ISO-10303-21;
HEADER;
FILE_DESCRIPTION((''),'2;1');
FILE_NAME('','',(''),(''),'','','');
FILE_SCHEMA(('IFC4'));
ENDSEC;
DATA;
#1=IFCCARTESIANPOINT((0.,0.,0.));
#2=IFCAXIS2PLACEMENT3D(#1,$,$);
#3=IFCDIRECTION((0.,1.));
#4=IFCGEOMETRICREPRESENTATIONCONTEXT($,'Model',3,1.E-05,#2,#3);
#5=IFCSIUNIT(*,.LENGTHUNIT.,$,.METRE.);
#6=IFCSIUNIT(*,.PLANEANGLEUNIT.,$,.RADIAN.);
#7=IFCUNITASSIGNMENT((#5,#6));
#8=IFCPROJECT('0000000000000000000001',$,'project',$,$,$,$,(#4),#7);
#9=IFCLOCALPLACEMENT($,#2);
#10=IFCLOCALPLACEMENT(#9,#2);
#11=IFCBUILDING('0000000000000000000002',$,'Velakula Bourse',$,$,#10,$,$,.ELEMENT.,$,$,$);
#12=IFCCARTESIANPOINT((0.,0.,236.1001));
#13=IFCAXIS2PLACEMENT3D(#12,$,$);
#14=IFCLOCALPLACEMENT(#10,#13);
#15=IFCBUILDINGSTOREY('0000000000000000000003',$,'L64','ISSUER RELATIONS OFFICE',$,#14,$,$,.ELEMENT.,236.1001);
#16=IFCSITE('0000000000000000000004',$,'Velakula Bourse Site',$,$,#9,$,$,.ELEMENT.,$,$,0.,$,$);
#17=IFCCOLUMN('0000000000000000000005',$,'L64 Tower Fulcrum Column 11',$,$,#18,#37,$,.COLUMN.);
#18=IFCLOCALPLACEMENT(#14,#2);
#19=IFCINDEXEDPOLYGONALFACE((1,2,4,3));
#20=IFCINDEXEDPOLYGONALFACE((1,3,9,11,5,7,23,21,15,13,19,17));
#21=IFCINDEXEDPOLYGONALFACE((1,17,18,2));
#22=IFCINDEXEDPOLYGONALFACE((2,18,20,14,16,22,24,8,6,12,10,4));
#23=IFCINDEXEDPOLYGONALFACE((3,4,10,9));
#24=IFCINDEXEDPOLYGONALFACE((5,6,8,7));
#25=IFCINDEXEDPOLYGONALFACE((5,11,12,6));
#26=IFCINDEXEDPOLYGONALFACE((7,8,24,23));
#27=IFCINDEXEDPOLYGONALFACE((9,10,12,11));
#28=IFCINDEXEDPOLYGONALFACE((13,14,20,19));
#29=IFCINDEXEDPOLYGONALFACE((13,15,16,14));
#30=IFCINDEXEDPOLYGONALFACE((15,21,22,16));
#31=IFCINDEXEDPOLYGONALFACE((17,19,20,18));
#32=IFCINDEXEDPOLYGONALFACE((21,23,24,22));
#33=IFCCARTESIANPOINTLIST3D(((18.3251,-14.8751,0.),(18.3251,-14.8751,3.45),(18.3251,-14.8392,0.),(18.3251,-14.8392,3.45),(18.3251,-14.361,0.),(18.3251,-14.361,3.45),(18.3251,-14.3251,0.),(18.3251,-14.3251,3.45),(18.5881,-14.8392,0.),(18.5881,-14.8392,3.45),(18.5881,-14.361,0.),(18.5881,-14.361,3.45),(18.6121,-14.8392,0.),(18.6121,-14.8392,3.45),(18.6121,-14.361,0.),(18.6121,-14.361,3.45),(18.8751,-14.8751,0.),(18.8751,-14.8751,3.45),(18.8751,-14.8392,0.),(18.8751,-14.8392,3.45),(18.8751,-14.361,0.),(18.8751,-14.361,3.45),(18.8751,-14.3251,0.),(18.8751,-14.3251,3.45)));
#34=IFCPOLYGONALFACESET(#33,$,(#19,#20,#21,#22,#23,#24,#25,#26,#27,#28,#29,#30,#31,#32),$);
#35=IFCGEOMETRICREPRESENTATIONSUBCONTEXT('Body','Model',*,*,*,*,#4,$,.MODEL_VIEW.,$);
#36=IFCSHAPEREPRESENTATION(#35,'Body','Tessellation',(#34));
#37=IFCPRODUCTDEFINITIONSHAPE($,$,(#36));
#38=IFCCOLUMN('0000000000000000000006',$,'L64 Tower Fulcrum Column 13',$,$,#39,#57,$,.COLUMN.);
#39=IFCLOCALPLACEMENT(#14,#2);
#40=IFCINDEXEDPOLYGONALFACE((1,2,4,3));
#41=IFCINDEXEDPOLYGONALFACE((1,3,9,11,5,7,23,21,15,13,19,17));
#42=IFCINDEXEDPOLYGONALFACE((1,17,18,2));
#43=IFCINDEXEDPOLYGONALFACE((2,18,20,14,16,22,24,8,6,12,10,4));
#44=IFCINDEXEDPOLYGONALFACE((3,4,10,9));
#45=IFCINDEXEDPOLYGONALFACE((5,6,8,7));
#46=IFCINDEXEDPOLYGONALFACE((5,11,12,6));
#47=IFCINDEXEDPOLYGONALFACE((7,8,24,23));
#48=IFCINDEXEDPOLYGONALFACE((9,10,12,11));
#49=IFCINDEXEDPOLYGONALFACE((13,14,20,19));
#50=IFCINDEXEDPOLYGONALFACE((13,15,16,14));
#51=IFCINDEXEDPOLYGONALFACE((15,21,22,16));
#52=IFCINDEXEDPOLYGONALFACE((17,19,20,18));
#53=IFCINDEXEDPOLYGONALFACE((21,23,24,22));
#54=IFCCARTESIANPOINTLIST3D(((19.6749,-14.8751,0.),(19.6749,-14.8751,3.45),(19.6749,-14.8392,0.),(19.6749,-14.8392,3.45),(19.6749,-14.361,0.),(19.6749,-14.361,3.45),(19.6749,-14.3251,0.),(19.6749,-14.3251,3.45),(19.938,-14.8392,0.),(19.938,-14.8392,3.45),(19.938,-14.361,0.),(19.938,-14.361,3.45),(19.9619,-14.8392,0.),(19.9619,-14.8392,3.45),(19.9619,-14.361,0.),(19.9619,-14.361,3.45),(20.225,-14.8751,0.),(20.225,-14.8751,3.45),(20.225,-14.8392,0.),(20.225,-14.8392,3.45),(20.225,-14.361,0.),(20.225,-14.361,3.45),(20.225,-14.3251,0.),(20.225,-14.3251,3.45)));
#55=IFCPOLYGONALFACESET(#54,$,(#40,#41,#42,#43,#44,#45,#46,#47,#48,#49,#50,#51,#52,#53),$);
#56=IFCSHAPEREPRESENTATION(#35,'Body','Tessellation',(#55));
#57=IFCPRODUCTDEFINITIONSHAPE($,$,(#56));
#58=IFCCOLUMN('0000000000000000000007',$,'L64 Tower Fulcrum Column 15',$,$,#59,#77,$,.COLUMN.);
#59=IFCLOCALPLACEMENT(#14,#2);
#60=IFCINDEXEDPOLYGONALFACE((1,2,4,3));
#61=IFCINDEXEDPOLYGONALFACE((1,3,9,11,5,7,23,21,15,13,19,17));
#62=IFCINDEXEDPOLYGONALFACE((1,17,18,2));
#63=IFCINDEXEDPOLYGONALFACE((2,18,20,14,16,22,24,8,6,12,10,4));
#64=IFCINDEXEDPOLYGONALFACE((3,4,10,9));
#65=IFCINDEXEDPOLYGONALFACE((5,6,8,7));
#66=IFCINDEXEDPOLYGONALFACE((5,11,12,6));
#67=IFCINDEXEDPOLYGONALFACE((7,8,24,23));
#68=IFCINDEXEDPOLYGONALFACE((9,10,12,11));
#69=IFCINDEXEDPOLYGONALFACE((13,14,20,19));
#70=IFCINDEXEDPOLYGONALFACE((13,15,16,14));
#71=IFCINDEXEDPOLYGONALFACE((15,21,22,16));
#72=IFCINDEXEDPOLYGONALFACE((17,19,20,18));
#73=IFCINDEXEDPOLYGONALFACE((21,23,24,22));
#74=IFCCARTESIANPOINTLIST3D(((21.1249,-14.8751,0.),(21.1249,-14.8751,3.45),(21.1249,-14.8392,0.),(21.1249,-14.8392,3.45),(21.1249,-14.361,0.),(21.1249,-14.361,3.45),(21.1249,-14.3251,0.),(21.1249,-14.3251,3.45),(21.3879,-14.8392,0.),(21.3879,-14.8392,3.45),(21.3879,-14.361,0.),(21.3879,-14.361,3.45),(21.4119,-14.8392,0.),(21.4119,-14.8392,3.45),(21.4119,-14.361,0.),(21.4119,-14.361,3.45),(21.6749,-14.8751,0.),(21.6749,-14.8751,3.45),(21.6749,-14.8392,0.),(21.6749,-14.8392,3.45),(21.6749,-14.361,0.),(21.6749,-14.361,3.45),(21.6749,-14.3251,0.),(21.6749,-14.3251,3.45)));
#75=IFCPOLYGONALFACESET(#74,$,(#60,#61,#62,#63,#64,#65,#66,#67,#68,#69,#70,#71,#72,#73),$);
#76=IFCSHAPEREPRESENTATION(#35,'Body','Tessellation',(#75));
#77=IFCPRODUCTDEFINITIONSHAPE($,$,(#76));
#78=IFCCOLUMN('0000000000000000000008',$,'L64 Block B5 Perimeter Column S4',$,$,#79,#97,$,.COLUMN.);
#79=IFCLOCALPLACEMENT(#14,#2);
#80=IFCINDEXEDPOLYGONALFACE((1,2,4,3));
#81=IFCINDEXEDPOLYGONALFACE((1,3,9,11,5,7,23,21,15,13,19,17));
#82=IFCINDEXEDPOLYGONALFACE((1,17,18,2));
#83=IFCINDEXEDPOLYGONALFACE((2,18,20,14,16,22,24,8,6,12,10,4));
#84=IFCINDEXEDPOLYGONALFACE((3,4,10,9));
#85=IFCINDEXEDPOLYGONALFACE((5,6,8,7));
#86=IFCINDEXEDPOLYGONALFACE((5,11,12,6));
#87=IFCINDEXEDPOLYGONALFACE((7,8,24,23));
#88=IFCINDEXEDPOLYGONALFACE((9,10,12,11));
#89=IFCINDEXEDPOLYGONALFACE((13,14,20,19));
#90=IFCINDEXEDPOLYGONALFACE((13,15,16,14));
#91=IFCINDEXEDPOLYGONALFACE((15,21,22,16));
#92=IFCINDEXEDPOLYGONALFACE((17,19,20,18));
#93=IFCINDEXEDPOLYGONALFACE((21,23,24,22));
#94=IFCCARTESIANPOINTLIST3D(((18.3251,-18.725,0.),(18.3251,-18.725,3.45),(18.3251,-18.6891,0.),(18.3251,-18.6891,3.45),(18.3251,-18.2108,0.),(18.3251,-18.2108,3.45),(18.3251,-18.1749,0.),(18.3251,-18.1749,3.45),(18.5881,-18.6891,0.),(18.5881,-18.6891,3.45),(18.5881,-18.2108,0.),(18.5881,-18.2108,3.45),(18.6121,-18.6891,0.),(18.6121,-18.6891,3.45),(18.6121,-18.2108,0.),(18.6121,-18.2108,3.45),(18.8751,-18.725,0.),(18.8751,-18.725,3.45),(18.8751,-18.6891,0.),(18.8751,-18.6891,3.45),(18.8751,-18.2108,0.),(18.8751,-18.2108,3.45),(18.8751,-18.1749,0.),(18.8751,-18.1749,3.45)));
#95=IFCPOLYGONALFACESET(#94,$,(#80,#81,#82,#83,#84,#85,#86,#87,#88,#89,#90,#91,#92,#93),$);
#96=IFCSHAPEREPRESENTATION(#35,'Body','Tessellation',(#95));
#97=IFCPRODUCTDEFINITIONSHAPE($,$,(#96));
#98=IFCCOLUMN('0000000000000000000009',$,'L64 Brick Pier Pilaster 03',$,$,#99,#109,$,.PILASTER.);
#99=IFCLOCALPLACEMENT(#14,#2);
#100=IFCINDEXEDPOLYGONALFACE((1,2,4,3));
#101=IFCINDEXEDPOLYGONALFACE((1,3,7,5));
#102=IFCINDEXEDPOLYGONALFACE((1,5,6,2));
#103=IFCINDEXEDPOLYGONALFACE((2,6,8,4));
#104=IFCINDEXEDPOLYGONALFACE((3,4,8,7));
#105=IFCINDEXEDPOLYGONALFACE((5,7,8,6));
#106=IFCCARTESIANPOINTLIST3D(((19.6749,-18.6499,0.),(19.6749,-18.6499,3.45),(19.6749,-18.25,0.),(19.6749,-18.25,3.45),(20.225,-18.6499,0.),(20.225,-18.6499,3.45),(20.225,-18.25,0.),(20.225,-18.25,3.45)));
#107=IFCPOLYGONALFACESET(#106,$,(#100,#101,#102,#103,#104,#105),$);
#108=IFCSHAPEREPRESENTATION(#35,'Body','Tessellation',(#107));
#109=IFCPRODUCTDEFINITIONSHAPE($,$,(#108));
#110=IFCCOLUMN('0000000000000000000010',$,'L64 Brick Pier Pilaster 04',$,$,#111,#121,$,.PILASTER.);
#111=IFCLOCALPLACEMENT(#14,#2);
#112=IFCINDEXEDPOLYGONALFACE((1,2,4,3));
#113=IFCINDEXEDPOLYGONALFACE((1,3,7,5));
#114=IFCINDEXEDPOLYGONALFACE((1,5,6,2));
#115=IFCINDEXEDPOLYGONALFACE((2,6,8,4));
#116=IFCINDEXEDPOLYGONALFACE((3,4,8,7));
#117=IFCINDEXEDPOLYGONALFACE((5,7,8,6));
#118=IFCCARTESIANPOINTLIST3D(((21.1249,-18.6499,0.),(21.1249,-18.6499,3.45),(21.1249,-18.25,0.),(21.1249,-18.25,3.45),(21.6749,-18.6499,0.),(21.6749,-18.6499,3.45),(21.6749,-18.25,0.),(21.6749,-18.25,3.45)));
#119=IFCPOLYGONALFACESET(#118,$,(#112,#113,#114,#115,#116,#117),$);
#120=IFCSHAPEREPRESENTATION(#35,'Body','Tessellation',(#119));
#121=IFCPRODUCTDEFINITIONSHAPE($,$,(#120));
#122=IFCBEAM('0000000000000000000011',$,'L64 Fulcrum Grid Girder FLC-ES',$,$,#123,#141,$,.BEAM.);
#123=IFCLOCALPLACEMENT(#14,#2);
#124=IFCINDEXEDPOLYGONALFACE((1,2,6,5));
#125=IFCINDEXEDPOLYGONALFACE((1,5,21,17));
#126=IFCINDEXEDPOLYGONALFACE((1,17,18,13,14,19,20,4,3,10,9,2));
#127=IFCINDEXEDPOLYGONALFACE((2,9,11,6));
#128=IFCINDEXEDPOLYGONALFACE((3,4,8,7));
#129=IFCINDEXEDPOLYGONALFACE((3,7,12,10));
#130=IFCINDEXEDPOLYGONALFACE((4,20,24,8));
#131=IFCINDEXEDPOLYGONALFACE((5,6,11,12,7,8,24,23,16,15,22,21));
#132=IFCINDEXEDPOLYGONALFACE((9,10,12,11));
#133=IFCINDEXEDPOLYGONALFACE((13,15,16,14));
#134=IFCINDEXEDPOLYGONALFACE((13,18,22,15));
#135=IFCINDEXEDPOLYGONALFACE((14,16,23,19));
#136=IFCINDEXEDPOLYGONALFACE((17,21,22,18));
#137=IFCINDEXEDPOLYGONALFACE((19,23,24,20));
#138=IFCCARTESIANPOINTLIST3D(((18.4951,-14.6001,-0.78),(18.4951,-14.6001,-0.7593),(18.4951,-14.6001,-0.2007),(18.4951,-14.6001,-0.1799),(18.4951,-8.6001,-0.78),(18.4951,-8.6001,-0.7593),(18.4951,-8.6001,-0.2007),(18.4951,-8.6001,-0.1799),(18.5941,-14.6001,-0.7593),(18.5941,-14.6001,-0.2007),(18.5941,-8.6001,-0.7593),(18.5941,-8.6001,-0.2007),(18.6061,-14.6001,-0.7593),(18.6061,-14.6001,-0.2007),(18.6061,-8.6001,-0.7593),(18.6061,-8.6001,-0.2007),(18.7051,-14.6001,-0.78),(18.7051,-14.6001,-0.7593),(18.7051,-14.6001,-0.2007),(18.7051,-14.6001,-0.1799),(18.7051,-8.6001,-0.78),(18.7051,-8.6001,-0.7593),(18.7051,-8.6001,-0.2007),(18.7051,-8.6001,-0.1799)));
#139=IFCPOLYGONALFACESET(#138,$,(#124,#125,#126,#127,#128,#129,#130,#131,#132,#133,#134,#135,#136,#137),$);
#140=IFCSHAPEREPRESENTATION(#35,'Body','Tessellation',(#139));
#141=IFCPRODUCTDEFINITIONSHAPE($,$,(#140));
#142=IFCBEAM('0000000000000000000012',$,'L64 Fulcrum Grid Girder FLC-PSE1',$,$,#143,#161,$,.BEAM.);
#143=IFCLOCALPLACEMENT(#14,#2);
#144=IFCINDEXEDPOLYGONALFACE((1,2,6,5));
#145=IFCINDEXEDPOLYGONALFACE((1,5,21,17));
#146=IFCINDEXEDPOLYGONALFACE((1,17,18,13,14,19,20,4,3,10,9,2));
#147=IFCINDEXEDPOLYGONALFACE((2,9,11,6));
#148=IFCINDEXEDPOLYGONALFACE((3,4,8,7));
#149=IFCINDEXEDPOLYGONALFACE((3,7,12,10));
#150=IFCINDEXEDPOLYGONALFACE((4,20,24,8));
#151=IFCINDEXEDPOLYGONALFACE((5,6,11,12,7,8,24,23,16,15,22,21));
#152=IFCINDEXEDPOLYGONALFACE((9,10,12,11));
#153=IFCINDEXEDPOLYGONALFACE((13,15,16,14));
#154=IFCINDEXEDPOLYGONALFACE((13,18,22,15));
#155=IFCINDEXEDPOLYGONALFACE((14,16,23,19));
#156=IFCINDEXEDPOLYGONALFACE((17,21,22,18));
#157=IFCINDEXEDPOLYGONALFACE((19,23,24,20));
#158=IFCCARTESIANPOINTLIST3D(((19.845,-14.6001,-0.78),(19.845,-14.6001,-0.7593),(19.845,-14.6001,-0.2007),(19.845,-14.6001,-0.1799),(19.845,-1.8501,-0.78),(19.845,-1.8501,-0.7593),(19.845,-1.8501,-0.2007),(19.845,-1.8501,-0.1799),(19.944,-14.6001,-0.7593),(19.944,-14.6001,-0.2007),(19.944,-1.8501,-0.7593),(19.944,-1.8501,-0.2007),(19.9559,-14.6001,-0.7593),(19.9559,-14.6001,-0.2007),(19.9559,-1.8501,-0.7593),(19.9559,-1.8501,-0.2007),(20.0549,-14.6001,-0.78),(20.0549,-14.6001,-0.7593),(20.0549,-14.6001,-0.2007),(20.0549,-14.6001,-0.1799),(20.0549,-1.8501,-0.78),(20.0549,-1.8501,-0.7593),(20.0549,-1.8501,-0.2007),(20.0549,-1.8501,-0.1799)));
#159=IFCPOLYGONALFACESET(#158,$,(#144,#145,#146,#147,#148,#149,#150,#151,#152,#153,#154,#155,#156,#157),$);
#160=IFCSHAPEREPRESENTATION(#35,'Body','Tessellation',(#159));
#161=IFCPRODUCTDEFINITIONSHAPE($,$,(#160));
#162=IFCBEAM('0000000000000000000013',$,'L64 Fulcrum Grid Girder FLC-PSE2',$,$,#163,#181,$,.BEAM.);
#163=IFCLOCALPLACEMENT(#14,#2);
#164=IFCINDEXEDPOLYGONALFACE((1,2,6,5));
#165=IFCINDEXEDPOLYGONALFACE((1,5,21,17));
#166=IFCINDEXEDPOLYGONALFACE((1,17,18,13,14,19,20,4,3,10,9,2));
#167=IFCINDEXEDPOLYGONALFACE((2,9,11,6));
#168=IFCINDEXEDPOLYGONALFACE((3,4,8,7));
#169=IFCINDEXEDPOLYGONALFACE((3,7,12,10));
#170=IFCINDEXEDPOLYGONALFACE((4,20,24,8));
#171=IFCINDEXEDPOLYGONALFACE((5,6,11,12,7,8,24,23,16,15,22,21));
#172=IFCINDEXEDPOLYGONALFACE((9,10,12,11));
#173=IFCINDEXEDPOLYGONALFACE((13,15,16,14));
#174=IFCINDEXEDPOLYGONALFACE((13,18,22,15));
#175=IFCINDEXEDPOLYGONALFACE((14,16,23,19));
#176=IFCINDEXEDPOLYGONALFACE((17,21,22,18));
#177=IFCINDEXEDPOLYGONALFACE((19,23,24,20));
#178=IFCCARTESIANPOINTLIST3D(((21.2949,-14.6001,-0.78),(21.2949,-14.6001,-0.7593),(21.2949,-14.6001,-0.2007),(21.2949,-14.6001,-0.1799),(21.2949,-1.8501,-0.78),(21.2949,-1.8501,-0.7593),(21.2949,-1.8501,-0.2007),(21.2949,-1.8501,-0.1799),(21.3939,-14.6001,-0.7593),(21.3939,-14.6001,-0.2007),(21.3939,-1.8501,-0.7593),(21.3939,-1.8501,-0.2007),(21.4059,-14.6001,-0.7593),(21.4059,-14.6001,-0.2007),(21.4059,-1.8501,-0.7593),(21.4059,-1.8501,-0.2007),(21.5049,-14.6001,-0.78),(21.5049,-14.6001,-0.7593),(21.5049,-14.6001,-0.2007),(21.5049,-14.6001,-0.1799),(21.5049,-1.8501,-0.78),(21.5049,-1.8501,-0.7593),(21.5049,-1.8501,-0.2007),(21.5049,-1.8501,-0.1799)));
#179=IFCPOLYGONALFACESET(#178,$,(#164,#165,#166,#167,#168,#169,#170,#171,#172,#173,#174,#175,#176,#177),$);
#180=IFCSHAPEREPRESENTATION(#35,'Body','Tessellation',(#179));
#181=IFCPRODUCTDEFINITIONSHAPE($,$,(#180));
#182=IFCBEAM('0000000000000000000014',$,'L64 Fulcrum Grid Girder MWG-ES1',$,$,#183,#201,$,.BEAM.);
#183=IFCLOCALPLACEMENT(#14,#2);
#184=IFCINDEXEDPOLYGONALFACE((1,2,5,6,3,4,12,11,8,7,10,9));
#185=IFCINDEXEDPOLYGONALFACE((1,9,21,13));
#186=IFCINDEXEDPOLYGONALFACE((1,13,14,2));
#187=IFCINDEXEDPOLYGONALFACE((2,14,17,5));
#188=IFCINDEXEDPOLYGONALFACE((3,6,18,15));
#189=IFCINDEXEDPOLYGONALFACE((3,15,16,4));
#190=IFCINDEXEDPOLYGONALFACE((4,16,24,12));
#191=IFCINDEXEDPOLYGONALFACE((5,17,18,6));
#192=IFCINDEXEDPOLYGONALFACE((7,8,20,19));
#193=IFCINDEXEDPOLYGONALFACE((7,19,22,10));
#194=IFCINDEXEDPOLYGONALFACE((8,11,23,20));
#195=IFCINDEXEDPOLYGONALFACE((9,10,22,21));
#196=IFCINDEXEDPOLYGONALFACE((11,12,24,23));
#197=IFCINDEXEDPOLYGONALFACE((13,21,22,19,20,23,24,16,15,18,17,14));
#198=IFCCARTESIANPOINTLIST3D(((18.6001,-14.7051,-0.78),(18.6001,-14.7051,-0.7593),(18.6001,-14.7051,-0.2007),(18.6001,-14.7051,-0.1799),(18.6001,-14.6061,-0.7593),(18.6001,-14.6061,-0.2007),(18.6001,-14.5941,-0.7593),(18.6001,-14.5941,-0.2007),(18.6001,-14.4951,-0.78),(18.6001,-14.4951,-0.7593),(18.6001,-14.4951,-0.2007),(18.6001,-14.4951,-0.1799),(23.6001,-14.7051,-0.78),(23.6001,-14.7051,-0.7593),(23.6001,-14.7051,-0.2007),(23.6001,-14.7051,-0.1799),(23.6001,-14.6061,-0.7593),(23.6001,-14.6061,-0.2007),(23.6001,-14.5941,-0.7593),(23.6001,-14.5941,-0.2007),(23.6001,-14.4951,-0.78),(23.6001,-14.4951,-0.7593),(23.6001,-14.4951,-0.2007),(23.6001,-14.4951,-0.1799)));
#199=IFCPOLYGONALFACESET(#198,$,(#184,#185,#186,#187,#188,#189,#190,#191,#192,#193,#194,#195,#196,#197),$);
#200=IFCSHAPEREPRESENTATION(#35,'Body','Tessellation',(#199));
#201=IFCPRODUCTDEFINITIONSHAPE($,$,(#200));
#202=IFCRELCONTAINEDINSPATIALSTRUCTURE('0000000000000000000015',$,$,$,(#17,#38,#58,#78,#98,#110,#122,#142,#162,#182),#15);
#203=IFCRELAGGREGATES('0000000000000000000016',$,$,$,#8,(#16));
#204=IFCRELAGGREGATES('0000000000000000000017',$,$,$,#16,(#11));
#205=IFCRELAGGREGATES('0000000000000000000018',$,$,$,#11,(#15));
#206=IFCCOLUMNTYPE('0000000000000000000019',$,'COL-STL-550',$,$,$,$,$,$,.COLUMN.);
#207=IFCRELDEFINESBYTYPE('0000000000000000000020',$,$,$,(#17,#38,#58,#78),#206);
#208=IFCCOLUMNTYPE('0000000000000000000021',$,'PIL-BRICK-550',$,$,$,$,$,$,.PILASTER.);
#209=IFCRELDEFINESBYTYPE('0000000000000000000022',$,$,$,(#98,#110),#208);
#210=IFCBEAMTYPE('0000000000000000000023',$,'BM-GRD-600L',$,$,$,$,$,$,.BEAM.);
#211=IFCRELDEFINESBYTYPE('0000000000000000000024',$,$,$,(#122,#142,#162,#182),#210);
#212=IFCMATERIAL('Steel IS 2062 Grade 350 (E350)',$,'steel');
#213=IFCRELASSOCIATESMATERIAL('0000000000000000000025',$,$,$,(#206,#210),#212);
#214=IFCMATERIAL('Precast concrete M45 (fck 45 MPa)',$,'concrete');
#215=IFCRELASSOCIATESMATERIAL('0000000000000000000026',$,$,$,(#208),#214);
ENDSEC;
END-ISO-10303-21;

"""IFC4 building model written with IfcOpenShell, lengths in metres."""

from ifc_helpers import new_model, si_unit, direction, frame, origin, origin_2d, place, context, subcontext, project, spatial, rectangle, i_section, extrude, material, material_profile, profile_set, type_object, element, save


model = new_model("IFC4")

# Units and contexts
model_context = context("Model", 3, precision=1e-05, world=origin(), true_north=direction((0.0, 1.0)))
body_context = subcontext(model_context, "Body", "Model", "MODEL_VIEW")
ifc_project = project(units=[si_unit("LENGTHUNIT", "METRE"), si_unit("PLANEANGLEUNIT", "RADIAN")], contexts=[model_context])

# Site, building, storey
site_placement = place(None, origin())
site = spatial("IfcSite", under=ifc_project, at=site_placement, Name="Velakula Bourse Site", CompositionType="ELEMENT", RefElevation=0.0)
building_placement = place(site_placement, origin())
building = spatial("IfcBuilding", under=site, at=building_placement, Name="Velakula Bourse", CompositionType="ELEMENT")
storey_placement = place(building_placement, frame((0.0, 0.0, 236.1001)))
storey = spatial("IfcBuildingStorey", under=building, at=storey_placement, Name="L64", Description="ISSUER RELATIONS OFFICE", CompositionType="ELEMENT", Elevation=236.1001)

# Columns
ifc_material_1 = material(Name="Steel IS 2062 Grade 350 (E350)", Category="steel")
ifc_material_profile_1 = material_profile(ifc_material_1, i_section(OverallWidth=0.55, OverallDepth=0.55, WebThickness=0.0239, FlangeThickness=0.0359, at=origin_2d()), Name="Steel IS 2062 Grade 350 (E350)")
ifc_profile_set_1 = profile_set([ifc_material_profile_1], Name="Steel IS 2062 Grade 350 (E350)")
column_type_1 = type_object("IfcColumnType", Name="COL-STL-550", PredefinedType="COLUMN", material=ifc_profile_set_1)
for number, where, z_axis, x_axis, name in (
    (1, (18.6001, -14.6001, 0.0), (0.0, 0.0, 1.0), (1.0, 0.0, 0.0), "L64 Tower Fulcrum Column 11"),
    (2, (19.95, -14.6001, 0.0), (0.0, 0.0, 1.0), (1.0, 0.0, 0.0), "L64 Tower Fulcrum Column 13"),
    (3, (21.3999, -14.6001, 0.0), (0.0, 0.0, 1.0), (1.0, 0.0, 0.0), "L64 Tower Fulcrum Column 15"),
    (4, (18.6001, -18.45, 0.0), (0.0, 0.0, 1.0), (1.0, 0.0, 0.0), "L64 Block B5 Perimeter Column S4"),
):
    element("IfcColumn", number, at=place(storey_placement, frame(where, z_axis=z_axis, x_axis=x_axis)), inside=storey, type_object=column_type_1, Name=name, PredefinedType="COLUMN", context=body_context, shape_type="SweptSolid", body=[
        extrude(i_section(OverallWidth=0.55, OverallDepth=0.55, WebThickness=0.0239, FlangeThickness=0.0359, at=origin_2d()), origin(), (0.0, 0.0, 1.0), 3.45),
    ])
ifc_material_2 = material(Name="Precast concrete M45 (fck 45 MPa)", Category="concrete")
ifc_material_profile_2 = material_profile(ifc_material_2, rectangle(XDim=0.55, YDim=0.3999, at=origin_2d()), Name="Precast concrete M45 (fck 45 MPa)")
ifc_profile_set_2 = profile_set([ifc_material_profile_2], Name="Precast concrete M45 (fck 45 MPa)")
column_type_2 = type_object("IfcColumnType", Name="PIL-BRICK-550", PredefinedType="PILASTER", material=ifc_profile_set_2)
for number, where, z_axis, x_axis, name in (
    (5, (19.95, -18.45, 0.0), (0.0, 0.0, 1.0), (1.0, 0.0, 0.0), "L64 Brick Pier Pilaster 03"),
    (6, (21.3999, -18.45, 0.0), (0.0, 0.0, 1.0), (1.0, 0.0, 0.0), "L64 Brick Pier Pilaster 04"),
):
    element("IfcColumn", number, at=place(storey_placement, frame(where, z_axis=z_axis, x_axis=x_axis)), inside=storey, type_object=column_type_2, Name=name, PredefinedType="PILASTER", context=body_context, shape_type="SweptSolid", body=[
        extrude(rectangle(XDim=0.55, YDim=0.3999, at=origin_2d()), origin(), (0.0, 0.0, 1.0), 3.45),
    ])

# Beams
ifc_material_profile_3 = material_profile(ifc_material_1, i_section(OverallWidth=0.21, OverallDepth=0.6001, WebThickness=0.012, FlangeThickness=0.0208, at=origin_2d()), Name="Steel IS 2062 Grade 350 (E350)")
ifc_profile_set_3 = profile_set([ifc_material_profile_3], Name="Steel IS 2062 Grade 350 (E350)")
beam_type_1 = type_object("IfcBeamType", Name="BM-GRD-600L", PredefinedType="BEAM", material=ifc_profile_set_3)
beam_1_placement = place(storey_placement, frame((18.6001, -14.6001, -0.48), z_axis=(0.0, 1.0, 0.0), x_axis=(-1.0, 0.0, 0.0)))
element("IfcBeam", 7, at=beam_1_placement, inside=storey, type_object=beam_type_1, Name="L64 Fulcrum Grid Girder FLC-ES", PredefinedType="BEAM", context=body_context, shape_type="SweptSolid", body=[
    extrude(i_section(OverallWidth=0.21, OverallDepth=0.6001, WebThickness=0.012, FlangeThickness=0.0208, at=origin_2d()), origin(), (0.0, 0.0, 1.0), 6.0),
])
for number, where, z_axis, x_axis, name in (
    (8, (19.95, -14.6001, -0.48), (0.0, 1.0, 0.0), (-1.0, 0.0, 0.0), "L64 Fulcrum Grid Girder FLC-PSE1"),
    (9, (21.3999, -14.6001, -0.48), (0.0, 1.0, 0.0), (-1.0, 0.0, 0.0), "L64 Fulcrum Grid Girder FLC-PSE2"),
):
    element("IfcBeam", number, at=place(storey_placement, frame(where, z_axis=z_axis, x_axis=x_axis)), inside=storey, type_object=beam_type_1, Name=name, PredefinedType="BEAM", context=body_context, shape_type="SweptSolid", body=[
        extrude(i_section(OverallWidth=0.21, OverallDepth=0.6001, WebThickness=0.012, FlangeThickness=0.0208, at=origin_2d()), origin(), (0.0, 0.0, 1.0), 12.75),
    ])
beam_2_placement = place(storey_placement, frame((18.6001, -14.6001, -0.48), z_axis=(1.0, 0.0, 0.0), x_axis=(0.0, 1.0, 0.0)))
element("IfcBeam", 10, at=beam_2_placement, inside=storey, type_object=beam_type_1, Name="L64 Fulcrum Grid Girder MWG-ES1", PredefinedType="BEAM", context=body_context, shape_type="SweptSolid", body=[
    extrude(i_section(OverallWidth=0.21, OverallDepth=0.6001, WebThickness=0.012, FlangeThickness=0.0208, at=origin_2d()), origin(), (0.0, 0.0, 1.0), 5.0),
])

save(model, "model.ifc")
